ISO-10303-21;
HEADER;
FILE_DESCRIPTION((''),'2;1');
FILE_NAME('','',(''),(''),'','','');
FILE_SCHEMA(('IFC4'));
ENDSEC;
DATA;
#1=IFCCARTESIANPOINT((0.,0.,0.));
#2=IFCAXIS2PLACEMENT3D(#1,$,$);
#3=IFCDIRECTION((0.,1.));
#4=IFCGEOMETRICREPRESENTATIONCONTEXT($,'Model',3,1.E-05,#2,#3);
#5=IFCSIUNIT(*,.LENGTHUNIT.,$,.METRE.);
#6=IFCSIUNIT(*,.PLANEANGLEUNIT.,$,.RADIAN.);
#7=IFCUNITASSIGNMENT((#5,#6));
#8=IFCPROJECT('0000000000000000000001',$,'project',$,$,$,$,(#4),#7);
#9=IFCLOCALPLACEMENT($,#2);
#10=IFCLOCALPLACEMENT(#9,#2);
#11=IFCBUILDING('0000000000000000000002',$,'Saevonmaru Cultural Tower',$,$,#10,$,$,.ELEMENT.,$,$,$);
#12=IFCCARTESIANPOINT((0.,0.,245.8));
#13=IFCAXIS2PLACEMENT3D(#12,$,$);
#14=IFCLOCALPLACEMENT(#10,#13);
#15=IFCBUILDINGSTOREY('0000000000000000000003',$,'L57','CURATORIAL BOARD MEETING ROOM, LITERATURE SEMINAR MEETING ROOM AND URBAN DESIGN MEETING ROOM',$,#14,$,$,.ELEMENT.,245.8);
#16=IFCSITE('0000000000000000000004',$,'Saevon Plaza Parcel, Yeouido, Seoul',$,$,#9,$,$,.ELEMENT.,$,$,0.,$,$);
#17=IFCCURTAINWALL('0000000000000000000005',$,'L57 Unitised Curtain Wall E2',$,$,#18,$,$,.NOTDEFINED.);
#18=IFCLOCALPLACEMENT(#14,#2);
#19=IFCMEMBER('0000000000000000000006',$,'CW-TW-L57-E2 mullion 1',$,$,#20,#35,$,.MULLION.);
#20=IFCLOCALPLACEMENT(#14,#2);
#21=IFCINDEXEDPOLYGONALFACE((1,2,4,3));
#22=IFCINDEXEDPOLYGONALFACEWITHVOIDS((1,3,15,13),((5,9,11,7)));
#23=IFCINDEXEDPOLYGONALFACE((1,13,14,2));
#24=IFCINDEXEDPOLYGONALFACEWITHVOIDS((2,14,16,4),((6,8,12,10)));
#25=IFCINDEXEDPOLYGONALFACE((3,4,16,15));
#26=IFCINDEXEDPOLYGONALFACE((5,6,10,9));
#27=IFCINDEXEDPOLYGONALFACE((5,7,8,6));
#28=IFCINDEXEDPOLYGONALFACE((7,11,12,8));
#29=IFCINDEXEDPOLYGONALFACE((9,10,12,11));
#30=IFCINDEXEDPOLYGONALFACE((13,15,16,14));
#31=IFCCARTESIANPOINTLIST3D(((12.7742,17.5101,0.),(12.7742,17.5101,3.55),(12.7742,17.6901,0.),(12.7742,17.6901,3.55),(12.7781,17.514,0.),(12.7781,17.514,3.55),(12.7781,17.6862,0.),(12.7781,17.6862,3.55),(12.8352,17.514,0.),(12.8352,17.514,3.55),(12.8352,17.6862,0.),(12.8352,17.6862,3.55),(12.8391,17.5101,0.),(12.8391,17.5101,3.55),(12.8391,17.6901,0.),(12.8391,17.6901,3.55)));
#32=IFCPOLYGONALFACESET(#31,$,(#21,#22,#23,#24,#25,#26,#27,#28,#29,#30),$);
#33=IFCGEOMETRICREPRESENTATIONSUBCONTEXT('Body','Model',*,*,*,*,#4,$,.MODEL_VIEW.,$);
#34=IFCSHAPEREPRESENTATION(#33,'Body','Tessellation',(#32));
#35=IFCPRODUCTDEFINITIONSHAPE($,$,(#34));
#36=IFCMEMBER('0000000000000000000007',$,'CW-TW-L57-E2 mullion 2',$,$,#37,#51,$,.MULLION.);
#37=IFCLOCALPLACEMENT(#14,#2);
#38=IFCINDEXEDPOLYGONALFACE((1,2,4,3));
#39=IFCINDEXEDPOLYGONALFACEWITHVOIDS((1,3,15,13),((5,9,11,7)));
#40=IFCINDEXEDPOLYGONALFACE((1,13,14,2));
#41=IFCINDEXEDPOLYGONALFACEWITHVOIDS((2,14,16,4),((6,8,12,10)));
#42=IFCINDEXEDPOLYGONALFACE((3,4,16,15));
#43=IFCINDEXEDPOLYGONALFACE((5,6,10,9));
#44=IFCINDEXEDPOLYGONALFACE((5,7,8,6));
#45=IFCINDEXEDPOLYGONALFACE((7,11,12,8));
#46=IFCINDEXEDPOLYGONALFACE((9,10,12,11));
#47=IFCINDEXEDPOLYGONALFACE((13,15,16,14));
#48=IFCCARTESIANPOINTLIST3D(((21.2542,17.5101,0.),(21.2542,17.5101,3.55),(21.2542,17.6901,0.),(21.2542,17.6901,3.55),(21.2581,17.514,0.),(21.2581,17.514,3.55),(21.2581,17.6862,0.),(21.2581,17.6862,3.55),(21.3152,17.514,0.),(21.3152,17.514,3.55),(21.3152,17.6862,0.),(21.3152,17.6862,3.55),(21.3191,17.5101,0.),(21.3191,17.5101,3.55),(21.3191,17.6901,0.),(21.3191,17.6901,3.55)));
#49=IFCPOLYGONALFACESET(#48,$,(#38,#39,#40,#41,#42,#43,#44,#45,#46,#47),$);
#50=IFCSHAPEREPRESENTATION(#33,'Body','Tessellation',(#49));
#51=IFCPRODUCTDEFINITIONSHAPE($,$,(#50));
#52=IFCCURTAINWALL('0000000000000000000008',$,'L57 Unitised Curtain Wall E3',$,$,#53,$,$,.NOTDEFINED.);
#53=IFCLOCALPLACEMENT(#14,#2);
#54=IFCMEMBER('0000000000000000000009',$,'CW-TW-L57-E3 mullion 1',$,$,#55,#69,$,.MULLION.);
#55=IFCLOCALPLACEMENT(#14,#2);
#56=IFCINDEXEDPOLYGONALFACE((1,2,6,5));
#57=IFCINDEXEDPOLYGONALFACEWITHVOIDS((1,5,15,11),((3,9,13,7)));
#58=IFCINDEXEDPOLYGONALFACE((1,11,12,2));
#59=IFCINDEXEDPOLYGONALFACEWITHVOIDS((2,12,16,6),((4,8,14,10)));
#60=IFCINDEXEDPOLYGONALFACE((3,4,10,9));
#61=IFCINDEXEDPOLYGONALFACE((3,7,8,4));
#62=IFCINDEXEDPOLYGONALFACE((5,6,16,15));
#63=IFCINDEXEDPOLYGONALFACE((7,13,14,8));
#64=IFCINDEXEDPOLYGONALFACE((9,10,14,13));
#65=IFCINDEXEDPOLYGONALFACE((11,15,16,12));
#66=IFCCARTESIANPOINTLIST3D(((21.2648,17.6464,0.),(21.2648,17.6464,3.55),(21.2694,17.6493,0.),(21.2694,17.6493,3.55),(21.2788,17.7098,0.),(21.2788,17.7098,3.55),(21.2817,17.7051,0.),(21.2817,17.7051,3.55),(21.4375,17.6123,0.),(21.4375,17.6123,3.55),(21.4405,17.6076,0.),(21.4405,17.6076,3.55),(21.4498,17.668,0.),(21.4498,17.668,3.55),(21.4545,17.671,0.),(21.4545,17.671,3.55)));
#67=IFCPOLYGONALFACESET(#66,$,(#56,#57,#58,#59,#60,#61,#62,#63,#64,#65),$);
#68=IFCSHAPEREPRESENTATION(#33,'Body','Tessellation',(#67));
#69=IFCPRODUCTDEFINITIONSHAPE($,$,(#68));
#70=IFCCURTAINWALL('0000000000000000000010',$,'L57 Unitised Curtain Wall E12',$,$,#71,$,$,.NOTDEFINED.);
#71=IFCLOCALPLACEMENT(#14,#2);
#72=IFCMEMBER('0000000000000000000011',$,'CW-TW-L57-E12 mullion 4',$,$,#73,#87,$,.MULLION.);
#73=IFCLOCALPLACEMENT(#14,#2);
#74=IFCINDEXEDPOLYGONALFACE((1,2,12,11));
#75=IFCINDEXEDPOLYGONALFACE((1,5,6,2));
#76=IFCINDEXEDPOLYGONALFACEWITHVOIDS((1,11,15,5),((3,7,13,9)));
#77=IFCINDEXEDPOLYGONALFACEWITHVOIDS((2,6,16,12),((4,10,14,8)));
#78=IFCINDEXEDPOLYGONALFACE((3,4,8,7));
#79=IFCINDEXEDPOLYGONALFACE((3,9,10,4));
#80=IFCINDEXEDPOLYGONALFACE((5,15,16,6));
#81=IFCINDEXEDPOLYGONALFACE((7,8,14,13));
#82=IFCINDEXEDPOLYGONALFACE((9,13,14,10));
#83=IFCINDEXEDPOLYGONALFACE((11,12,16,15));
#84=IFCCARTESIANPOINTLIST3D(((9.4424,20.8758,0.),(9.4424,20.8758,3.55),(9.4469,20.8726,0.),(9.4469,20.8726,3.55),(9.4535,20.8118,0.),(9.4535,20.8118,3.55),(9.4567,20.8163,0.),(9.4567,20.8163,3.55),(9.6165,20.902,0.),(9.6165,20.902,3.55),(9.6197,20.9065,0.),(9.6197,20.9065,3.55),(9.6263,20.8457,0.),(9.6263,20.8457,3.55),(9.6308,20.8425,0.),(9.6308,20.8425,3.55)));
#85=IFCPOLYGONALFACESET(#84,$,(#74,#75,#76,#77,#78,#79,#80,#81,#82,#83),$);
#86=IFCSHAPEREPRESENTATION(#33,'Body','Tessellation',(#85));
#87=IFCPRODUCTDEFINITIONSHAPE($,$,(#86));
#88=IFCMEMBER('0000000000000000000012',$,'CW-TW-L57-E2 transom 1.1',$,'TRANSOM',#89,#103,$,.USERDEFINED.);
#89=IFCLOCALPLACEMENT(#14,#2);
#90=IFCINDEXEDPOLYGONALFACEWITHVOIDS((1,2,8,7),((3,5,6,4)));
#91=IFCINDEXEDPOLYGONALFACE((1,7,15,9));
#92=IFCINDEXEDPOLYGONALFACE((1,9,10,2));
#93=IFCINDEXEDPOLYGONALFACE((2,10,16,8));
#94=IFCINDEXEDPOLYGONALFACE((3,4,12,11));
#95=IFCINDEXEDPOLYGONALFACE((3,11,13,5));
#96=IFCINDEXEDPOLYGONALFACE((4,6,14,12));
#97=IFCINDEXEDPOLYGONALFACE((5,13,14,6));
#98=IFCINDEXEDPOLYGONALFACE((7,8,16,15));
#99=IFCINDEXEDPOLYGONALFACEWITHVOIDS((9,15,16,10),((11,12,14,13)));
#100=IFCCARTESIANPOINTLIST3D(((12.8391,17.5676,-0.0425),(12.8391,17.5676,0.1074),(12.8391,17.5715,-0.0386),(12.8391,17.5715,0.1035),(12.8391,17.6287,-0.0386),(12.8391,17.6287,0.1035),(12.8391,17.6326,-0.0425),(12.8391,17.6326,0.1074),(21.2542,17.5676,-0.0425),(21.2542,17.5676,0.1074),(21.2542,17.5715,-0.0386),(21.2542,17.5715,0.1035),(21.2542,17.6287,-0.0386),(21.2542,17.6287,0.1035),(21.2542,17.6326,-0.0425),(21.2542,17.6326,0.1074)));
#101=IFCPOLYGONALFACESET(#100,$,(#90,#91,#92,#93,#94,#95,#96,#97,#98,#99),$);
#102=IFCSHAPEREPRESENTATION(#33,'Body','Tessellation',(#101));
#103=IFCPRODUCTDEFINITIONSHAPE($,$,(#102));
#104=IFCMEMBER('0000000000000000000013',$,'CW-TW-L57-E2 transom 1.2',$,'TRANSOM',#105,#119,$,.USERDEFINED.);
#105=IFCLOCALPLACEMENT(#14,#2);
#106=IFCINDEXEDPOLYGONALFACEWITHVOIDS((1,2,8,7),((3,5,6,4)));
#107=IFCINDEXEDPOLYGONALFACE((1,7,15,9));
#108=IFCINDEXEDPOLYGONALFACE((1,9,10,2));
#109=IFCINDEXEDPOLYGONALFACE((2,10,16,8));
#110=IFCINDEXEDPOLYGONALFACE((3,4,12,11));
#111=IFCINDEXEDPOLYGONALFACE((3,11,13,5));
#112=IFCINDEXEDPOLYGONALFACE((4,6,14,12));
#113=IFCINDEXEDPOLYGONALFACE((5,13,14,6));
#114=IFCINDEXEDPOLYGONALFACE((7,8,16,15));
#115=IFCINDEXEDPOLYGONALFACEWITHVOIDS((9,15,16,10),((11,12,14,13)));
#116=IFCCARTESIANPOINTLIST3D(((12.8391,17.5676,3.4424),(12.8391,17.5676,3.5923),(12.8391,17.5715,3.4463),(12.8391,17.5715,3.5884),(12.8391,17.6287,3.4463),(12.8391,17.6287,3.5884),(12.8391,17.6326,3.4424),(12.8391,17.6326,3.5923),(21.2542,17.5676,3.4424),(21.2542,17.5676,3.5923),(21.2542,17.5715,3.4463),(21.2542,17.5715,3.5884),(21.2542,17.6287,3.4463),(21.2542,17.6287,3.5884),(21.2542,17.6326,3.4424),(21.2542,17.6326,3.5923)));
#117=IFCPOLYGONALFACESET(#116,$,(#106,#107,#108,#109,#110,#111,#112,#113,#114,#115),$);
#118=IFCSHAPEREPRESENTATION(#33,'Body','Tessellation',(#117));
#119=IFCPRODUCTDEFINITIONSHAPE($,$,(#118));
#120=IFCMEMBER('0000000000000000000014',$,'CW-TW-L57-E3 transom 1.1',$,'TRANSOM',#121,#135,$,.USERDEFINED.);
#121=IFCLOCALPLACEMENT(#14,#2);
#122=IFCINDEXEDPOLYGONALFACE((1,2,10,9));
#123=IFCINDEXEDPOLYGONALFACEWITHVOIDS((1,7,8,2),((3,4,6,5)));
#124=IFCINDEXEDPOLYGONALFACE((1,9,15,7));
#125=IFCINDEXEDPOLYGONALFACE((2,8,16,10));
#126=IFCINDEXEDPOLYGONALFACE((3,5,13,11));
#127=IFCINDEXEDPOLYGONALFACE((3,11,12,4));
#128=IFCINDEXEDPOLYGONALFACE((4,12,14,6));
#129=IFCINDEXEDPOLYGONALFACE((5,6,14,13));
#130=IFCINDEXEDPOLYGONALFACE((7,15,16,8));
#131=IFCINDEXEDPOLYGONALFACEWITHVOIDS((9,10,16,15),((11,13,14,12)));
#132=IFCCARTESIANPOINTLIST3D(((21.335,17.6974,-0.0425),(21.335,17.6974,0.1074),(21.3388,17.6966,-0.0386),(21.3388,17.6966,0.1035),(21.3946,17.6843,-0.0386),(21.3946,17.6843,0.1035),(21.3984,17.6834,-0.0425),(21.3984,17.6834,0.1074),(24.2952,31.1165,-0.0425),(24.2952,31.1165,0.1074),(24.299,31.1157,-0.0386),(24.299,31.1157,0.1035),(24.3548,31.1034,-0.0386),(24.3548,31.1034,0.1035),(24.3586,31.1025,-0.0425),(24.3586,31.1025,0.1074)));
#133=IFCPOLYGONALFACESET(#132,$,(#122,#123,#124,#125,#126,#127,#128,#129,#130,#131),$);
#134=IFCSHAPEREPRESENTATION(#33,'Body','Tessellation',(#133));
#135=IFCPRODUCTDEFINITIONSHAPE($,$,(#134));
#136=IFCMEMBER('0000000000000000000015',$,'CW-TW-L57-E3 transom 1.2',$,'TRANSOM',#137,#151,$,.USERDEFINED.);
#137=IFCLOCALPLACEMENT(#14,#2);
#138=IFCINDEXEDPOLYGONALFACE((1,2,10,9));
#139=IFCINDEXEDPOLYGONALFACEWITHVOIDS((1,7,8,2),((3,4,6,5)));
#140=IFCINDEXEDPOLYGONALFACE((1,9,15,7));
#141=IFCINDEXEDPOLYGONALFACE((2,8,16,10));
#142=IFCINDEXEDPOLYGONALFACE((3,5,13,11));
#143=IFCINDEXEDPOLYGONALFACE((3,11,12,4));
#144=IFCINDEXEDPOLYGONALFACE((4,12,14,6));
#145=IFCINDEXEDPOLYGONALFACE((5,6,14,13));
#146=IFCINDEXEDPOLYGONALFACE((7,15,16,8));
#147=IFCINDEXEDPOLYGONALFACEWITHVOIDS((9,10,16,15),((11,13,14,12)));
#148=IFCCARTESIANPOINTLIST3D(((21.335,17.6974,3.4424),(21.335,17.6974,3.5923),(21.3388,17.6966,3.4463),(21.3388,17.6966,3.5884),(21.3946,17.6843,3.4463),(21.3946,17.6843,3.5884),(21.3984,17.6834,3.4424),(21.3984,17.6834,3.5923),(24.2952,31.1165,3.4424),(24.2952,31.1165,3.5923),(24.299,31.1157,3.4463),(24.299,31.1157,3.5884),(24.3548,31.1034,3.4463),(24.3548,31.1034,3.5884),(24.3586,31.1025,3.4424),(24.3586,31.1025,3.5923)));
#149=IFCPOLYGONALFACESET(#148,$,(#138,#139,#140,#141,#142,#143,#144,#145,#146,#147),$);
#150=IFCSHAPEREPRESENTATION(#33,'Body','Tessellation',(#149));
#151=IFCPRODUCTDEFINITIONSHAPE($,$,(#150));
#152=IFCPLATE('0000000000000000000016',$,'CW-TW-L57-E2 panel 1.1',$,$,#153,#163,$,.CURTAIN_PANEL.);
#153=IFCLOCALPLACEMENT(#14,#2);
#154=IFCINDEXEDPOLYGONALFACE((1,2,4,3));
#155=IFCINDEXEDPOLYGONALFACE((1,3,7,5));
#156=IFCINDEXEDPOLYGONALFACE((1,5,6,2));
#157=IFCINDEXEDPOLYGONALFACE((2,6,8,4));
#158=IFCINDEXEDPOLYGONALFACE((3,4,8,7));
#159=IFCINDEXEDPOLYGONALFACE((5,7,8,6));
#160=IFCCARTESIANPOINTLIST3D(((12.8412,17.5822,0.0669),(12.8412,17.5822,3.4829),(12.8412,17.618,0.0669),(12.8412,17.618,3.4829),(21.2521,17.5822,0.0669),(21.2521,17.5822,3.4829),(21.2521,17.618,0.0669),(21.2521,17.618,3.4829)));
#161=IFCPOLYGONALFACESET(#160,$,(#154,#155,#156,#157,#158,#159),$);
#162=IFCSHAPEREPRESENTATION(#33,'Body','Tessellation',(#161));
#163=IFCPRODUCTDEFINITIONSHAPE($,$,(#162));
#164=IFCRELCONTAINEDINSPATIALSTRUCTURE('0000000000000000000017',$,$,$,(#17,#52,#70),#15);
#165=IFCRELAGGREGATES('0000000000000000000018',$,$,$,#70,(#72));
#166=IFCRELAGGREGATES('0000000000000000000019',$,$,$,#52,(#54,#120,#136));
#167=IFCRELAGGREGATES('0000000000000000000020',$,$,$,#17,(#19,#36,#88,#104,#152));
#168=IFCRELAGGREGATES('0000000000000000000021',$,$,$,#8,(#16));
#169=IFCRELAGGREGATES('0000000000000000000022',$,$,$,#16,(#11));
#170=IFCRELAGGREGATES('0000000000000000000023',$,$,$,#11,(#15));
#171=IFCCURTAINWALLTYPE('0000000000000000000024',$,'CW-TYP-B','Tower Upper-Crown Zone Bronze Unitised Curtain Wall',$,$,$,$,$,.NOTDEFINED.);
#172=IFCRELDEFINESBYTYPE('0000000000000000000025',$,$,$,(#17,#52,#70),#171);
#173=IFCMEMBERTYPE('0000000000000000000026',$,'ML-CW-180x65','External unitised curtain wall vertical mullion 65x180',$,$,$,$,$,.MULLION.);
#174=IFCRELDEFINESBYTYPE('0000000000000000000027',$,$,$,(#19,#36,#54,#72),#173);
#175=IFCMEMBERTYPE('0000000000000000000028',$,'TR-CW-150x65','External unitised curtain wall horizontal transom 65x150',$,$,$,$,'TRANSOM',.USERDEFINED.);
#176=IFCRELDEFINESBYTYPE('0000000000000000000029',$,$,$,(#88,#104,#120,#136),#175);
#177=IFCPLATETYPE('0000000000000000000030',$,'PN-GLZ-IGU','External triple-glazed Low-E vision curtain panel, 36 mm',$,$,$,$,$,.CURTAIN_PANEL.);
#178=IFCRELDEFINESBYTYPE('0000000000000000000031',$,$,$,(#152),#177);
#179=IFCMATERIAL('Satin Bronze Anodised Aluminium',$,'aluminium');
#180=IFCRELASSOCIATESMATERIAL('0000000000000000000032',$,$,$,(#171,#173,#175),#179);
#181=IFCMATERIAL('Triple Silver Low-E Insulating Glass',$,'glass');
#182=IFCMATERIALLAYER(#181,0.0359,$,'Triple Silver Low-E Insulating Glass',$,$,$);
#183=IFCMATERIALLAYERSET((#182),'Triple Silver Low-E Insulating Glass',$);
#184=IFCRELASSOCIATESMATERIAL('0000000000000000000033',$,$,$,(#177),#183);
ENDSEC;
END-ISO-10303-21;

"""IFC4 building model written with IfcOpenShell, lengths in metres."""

from ifc_helpers import new_model, si_unit, direction, frame, origin, origin_2d, place, context, subcontext, project, spatial, rectangle, hollow_rectangle, extrude, material, layer, layer_set, material_profile, profile_set, type_object, element, aggregate, save


model = new_model("IFC4")

# Units and contexts
model_context = context("Model", 3, precision=1e-05, world=origin(), true_north=direction((0.0, 1.0)))
body_context = subcontext(model_context, "Body", "Model", "MODEL_VIEW")
ifc_project = project(units=[si_unit("LENGTHUNIT", "METRE"), si_unit("PLANEANGLEUNIT", "RADIAN")], contexts=[model_context])

# Site, building, storey
site_placement = place(None, origin())
site = spatial("IfcSite", under=ifc_project, at=site_placement, Name="Saevon Plaza Parcel, Yeouido, Seoul", CompositionType="ELEMENT", RefElevation=0.0)
building_placement = place(site_placement, origin())
building = spatial("IfcBuilding", under=site, at=building_placement, Name="Saevonmaru Cultural Tower", CompositionType="ELEMENT")
storey_placement = place(building_placement, frame((0.0, 0.0, 245.8)))
storey = spatial("IfcBuildingStorey", under=building, at=storey_placement, Name="L57", Description="CURATORIAL BOARD MEETING ROOM, LITERATURE SEMINAR MEETING ROOM AND URBAN DESIGN MEETING ROOM", CompositionType="ELEMENT", Elevation=245.8)

# Curtain wall, members
ifc_material_1 = material(Name="Satin Bronze Anodised Aluminium", Category="aluminium")
curtain_wall_type = type_object("IfcCurtainWallType", Name="CW-TYP-B", Description="Tower Upper-Crown Zone Bronze Unitised Curtain Wall", PredefinedType="NOTDEFINED", material=ifc_material_1)
curtain_wall_1_placement = place(storey_placement, origin())
curtain_wall_1 = element("IfcCurtainWall", 1, at=curtain_wall_1_placement, inside=storey, type_object=curtain_wall_type, Name="L57 Unitised Curtain Wall E2", PredefinedType="NOTDEFINED")
ifc_material_profile_1 = material_profile(ifc_material_1, hollow_rectangle(XDim=0.0649, YDim=0.1799, WallThickness=0.0039, at=origin_2d()), Name="ALU-MULL-180x65x4")
ifc_profile_set_1 = profile_set([ifc_material_profile_1], Name="Satin Bronze Anodised Aluminium")
member_type_1 = type_object("IfcMemberType", Name="ML-CW-180x65", Description="External unitised curtain wall vertical mullion 65x180", PredefinedType="MULLION", material=ifc_profile_set_1)
member_1_placement = place(storey_placement, frame((12.8066, 17.6001, 0.0), z_axis=(0.0, 0.0, 1.0), x_axis=(1.0, 0.0, 0.0)))
member_1 = element("IfcMember", 2, at=member_1_placement, type_object=member_type_1, Name="CW-TW-L57-E2 mullion 1", PredefinedType="MULLION", context=body_context, shape_type="SweptSolid", body=[
    extrude(hollow_rectangle(XDim=0.0649, YDim=0.1799, WallThickness=0.0039, at=origin_2d()), origin(), (0.0, 0.0, 1.0), 3.55),
])
member_2_placement = place(storey_placement, frame((21.2866, 17.6001, 0.0), z_axis=(0.0, 0.0, 1.0), x_axis=(1.0, 0.0, 0.0)))
member_2 = element("IfcMember", 3, at=member_2_placement, type_object=member_type_1, Name="CW-TW-L57-E2 mullion 2", PredefinedType="MULLION", context=body_context, shape_type="SweptSolid", body=[
    extrude(hollow_rectangle(XDim=0.0649, YDim=0.1799, WallThickness=0.0039, at=origin_2d()), origin(), (0.0, 0.0, 1.0), 3.55),
])

# Curtain walls, members
curtain_wall_2_placement = place(storey_placement, origin())
curtain_wall_2 = element("IfcCurtainWall", 4, at=curtain_wall_2_placement, inside=storey, type_object=curtain_wall_type, Name="L57 Unitised Curtain Wall E3", PredefinedType="NOTDEFINED")
member_3_placement = place(storey_placement, frame((21.3596, 17.6587, 0.0), z_axis=(0.0, 0.0, 1.0), x_axis=(0.215413, 0.976523, 0.0)))
member_3 = element("IfcMember", 5, at=member_3_placement, type_object=member_type_1, Name="CW-TW-L57-E3 mullion 1", PredefinedType="MULLION", context=body_context, shape_type="SweptSolid", body=[
    extrude(hollow_rectangle(XDim=0.0649, YDim=0.1799, WallThickness=0.0039, at=origin_2d()), origin(), (0.0, 0.0, 1.0), 3.55),
])
curtain_wall_3_placement = place(storey_placement, origin())
curtain_wall_3 = element("IfcCurtainWall", 6, at=curtain_wall_3_placement, inside=storey, type_object=curtain_wall_type, Name="L57 Unitised Curtain Wall E12", PredefinedType="NOTDEFINED")
member_4_placement = place(storey_placement, frame((9.5366, 20.8591, 0.0), z_axis=(0.0, 0.0, 1.0), x_axis=(0.17079, -0.985307, 0.0)))
member_4 = element("IfcMember", 7, at=member_4_placement, type_object=member_type_1, Name="CW-TW-L57-E12 mullion 4", PredefinedType="MULLION", context=body_context, shape_type="SweptSolid", body=[
    extrude(hollow_rectangle(XDim=0.0649, YDim=0.1799, WallThickness=0.0039, at=origin_2d()), origin(), (0.0, 0.0, 1.0), 3.55),
])
aggregate(curtain_wall_3, [member_4])

# Members
ifc_material_profile_2 = material_profile(ifc_material_1, hollow_rectangle(XDim=0.0649, YDim=0.1499, WallThickness=0.0039, at=origin_2d()), Name="ALU-TRAN-150x65x4")
ifc_profile_set_2 = profile_set([ifc_material_profile_2], Name="Satin Bronze Anodised Aluminium")
member_type_2 = type_object("IfcMemberType", Name="TR-CW-150x65", Description="External unitised curtain wall horizontal transom 65x150", ElementType="TRANSOM", PredefinedType="USERDEFINED", material=ifc_profile_set_2)
member_5_placement = place(storey_placement, frame((12.8391, 17.6001, 0.0325), z_axis=(1.0, 0.0, 0.0), x_axis=(0.0, 1.0, 0.0)))
member_5 = element("IfcMember", 8, at=member_5_placement, type_object=member_type_2, Name="CW-TW-L57-E2 transom 1.1", ObjectType="TRANSOM", PredefinedType="USERDEFINED", context=body_context, shape_type="SweptSolid", body=[
    extrude(hollow_rectangle(XDim=0.0649, YDim=0.1499, WallThickness=0.0039, at=origin_2d()), origin(), (0.0, 0.0, 1.0), 8.415),
])
member_6_placement = place(storey_placement, frame((12.8391, 17.6001, 3.5173), z_axis=(1.0, 0.0, 0.0), x_axis=(0.0, 1.0, 0.0)))
member_6 = element("IfcMember", 9, at=member_6_placement, type_object=member_type_2, Name="CW-TW-L57-E2 transom 1.2", ObjectType="TRANSOM", PredefinedType="USERDEFINED", context=body_context, shape_type="SweptSolid", body=[
    extrude(hollow_rectangle(XDim=0.0649, YDim=0.1499, WallThickness=0.0039, at=origin_2d()), origin(), (0.0, 0.0, 1.0), 8.415),
])
member_7_placement = place(storey_placement, frame((21.3667, 17.6904, 0.0325), z_axis=(0.215416, 0.976522, 0.0), x_axis=(-0.976522, 0.215416, 0.0)))
member_7 = element("IfcMember", 10, at=member_7_placement, type_object=member_type_2, Name="CW-TW-L57-E3 transom 1.1", ObjectType="TRANSOM", PredefinedType="USERDEFINED", context=body_context, shape_type="SweptSolid", body=[
    extrude(hollow_rectangle(XDim=0.0649, YDim=0.1499, WallThickness=0.0039, at=origin_2d()), origin(), (0.0, 0.0, 1.0), 13.7417),
])
member_8_placement = place(storey_placement, frame((21.3667, 17.6904, 3.5173), z_axis=(0.215416, 0.976522, 0.0), x_axis=(-0.976522, 0.215416, 0.0)))
member_8 = element("IfcMember", 11, at=member_8_placement, type_object=member_type_2, Name="CW-TW-L57-E3 transom 1.2", ObjectType="TRANSOM", PredefinedType="USERDEFINED", context=body_context, shape_type="SweptSolid", body=[
    extrude(hollow_rectangle(XDim=0.0649, YDim=0.1499, WallThickness=0.0039, at=origin_2d()), origin(), (0.0, 0.0, 1.0), 13.7417),
])
aggregate(curtain_wall_2, [member_3, member_7, member_8])

# Plate
ifc_material_2 = material(Name="Triple Silver Low-E Insulating Glass", Category="glass")
ifc_layer_1 = layer(ifc_material_2, 0.0359, Name="Triple Silver Low-E Insulating Glass")
ifc_layer_set_1 = layer_set([ifc_layer_1], Name="Triple Silver Low-E Insulating Glass")
plate_type = type_object("IfcPlateType", Name="PN-GLZ-IGU", Description="External triple-glazed Low-E vision curtain panel, 36 mm", PredefinedType="CURTAIN_PANEL", material=ifc_layer_set_1)
plate_placement = place(storey_placement, frame((17.0466, 17.6001, 0.0669), z_axis=(0.0, 0.0, 1.0), x_axis=(1.0, 0.0, 0.0)))
plate = element("IfcPlate", 12, at=plate_placement, type_object=plate_type, Name="CW-TW-L57-E2 panel 1.1", PredefinedType="CURTAIN_PANEL", context=body_context, shape_type="SweptSolid", body=[
    extrude(rectangle(XDim=8.4109, YDim=0.0359, at=origin_2d()), origin(), (0.0, 0.0, 1.0), 3.416),
])
aggregate(curtain_wall_1, [member_1, member_2, member_5, member_6, plate])

save(model, "model.ifc")
